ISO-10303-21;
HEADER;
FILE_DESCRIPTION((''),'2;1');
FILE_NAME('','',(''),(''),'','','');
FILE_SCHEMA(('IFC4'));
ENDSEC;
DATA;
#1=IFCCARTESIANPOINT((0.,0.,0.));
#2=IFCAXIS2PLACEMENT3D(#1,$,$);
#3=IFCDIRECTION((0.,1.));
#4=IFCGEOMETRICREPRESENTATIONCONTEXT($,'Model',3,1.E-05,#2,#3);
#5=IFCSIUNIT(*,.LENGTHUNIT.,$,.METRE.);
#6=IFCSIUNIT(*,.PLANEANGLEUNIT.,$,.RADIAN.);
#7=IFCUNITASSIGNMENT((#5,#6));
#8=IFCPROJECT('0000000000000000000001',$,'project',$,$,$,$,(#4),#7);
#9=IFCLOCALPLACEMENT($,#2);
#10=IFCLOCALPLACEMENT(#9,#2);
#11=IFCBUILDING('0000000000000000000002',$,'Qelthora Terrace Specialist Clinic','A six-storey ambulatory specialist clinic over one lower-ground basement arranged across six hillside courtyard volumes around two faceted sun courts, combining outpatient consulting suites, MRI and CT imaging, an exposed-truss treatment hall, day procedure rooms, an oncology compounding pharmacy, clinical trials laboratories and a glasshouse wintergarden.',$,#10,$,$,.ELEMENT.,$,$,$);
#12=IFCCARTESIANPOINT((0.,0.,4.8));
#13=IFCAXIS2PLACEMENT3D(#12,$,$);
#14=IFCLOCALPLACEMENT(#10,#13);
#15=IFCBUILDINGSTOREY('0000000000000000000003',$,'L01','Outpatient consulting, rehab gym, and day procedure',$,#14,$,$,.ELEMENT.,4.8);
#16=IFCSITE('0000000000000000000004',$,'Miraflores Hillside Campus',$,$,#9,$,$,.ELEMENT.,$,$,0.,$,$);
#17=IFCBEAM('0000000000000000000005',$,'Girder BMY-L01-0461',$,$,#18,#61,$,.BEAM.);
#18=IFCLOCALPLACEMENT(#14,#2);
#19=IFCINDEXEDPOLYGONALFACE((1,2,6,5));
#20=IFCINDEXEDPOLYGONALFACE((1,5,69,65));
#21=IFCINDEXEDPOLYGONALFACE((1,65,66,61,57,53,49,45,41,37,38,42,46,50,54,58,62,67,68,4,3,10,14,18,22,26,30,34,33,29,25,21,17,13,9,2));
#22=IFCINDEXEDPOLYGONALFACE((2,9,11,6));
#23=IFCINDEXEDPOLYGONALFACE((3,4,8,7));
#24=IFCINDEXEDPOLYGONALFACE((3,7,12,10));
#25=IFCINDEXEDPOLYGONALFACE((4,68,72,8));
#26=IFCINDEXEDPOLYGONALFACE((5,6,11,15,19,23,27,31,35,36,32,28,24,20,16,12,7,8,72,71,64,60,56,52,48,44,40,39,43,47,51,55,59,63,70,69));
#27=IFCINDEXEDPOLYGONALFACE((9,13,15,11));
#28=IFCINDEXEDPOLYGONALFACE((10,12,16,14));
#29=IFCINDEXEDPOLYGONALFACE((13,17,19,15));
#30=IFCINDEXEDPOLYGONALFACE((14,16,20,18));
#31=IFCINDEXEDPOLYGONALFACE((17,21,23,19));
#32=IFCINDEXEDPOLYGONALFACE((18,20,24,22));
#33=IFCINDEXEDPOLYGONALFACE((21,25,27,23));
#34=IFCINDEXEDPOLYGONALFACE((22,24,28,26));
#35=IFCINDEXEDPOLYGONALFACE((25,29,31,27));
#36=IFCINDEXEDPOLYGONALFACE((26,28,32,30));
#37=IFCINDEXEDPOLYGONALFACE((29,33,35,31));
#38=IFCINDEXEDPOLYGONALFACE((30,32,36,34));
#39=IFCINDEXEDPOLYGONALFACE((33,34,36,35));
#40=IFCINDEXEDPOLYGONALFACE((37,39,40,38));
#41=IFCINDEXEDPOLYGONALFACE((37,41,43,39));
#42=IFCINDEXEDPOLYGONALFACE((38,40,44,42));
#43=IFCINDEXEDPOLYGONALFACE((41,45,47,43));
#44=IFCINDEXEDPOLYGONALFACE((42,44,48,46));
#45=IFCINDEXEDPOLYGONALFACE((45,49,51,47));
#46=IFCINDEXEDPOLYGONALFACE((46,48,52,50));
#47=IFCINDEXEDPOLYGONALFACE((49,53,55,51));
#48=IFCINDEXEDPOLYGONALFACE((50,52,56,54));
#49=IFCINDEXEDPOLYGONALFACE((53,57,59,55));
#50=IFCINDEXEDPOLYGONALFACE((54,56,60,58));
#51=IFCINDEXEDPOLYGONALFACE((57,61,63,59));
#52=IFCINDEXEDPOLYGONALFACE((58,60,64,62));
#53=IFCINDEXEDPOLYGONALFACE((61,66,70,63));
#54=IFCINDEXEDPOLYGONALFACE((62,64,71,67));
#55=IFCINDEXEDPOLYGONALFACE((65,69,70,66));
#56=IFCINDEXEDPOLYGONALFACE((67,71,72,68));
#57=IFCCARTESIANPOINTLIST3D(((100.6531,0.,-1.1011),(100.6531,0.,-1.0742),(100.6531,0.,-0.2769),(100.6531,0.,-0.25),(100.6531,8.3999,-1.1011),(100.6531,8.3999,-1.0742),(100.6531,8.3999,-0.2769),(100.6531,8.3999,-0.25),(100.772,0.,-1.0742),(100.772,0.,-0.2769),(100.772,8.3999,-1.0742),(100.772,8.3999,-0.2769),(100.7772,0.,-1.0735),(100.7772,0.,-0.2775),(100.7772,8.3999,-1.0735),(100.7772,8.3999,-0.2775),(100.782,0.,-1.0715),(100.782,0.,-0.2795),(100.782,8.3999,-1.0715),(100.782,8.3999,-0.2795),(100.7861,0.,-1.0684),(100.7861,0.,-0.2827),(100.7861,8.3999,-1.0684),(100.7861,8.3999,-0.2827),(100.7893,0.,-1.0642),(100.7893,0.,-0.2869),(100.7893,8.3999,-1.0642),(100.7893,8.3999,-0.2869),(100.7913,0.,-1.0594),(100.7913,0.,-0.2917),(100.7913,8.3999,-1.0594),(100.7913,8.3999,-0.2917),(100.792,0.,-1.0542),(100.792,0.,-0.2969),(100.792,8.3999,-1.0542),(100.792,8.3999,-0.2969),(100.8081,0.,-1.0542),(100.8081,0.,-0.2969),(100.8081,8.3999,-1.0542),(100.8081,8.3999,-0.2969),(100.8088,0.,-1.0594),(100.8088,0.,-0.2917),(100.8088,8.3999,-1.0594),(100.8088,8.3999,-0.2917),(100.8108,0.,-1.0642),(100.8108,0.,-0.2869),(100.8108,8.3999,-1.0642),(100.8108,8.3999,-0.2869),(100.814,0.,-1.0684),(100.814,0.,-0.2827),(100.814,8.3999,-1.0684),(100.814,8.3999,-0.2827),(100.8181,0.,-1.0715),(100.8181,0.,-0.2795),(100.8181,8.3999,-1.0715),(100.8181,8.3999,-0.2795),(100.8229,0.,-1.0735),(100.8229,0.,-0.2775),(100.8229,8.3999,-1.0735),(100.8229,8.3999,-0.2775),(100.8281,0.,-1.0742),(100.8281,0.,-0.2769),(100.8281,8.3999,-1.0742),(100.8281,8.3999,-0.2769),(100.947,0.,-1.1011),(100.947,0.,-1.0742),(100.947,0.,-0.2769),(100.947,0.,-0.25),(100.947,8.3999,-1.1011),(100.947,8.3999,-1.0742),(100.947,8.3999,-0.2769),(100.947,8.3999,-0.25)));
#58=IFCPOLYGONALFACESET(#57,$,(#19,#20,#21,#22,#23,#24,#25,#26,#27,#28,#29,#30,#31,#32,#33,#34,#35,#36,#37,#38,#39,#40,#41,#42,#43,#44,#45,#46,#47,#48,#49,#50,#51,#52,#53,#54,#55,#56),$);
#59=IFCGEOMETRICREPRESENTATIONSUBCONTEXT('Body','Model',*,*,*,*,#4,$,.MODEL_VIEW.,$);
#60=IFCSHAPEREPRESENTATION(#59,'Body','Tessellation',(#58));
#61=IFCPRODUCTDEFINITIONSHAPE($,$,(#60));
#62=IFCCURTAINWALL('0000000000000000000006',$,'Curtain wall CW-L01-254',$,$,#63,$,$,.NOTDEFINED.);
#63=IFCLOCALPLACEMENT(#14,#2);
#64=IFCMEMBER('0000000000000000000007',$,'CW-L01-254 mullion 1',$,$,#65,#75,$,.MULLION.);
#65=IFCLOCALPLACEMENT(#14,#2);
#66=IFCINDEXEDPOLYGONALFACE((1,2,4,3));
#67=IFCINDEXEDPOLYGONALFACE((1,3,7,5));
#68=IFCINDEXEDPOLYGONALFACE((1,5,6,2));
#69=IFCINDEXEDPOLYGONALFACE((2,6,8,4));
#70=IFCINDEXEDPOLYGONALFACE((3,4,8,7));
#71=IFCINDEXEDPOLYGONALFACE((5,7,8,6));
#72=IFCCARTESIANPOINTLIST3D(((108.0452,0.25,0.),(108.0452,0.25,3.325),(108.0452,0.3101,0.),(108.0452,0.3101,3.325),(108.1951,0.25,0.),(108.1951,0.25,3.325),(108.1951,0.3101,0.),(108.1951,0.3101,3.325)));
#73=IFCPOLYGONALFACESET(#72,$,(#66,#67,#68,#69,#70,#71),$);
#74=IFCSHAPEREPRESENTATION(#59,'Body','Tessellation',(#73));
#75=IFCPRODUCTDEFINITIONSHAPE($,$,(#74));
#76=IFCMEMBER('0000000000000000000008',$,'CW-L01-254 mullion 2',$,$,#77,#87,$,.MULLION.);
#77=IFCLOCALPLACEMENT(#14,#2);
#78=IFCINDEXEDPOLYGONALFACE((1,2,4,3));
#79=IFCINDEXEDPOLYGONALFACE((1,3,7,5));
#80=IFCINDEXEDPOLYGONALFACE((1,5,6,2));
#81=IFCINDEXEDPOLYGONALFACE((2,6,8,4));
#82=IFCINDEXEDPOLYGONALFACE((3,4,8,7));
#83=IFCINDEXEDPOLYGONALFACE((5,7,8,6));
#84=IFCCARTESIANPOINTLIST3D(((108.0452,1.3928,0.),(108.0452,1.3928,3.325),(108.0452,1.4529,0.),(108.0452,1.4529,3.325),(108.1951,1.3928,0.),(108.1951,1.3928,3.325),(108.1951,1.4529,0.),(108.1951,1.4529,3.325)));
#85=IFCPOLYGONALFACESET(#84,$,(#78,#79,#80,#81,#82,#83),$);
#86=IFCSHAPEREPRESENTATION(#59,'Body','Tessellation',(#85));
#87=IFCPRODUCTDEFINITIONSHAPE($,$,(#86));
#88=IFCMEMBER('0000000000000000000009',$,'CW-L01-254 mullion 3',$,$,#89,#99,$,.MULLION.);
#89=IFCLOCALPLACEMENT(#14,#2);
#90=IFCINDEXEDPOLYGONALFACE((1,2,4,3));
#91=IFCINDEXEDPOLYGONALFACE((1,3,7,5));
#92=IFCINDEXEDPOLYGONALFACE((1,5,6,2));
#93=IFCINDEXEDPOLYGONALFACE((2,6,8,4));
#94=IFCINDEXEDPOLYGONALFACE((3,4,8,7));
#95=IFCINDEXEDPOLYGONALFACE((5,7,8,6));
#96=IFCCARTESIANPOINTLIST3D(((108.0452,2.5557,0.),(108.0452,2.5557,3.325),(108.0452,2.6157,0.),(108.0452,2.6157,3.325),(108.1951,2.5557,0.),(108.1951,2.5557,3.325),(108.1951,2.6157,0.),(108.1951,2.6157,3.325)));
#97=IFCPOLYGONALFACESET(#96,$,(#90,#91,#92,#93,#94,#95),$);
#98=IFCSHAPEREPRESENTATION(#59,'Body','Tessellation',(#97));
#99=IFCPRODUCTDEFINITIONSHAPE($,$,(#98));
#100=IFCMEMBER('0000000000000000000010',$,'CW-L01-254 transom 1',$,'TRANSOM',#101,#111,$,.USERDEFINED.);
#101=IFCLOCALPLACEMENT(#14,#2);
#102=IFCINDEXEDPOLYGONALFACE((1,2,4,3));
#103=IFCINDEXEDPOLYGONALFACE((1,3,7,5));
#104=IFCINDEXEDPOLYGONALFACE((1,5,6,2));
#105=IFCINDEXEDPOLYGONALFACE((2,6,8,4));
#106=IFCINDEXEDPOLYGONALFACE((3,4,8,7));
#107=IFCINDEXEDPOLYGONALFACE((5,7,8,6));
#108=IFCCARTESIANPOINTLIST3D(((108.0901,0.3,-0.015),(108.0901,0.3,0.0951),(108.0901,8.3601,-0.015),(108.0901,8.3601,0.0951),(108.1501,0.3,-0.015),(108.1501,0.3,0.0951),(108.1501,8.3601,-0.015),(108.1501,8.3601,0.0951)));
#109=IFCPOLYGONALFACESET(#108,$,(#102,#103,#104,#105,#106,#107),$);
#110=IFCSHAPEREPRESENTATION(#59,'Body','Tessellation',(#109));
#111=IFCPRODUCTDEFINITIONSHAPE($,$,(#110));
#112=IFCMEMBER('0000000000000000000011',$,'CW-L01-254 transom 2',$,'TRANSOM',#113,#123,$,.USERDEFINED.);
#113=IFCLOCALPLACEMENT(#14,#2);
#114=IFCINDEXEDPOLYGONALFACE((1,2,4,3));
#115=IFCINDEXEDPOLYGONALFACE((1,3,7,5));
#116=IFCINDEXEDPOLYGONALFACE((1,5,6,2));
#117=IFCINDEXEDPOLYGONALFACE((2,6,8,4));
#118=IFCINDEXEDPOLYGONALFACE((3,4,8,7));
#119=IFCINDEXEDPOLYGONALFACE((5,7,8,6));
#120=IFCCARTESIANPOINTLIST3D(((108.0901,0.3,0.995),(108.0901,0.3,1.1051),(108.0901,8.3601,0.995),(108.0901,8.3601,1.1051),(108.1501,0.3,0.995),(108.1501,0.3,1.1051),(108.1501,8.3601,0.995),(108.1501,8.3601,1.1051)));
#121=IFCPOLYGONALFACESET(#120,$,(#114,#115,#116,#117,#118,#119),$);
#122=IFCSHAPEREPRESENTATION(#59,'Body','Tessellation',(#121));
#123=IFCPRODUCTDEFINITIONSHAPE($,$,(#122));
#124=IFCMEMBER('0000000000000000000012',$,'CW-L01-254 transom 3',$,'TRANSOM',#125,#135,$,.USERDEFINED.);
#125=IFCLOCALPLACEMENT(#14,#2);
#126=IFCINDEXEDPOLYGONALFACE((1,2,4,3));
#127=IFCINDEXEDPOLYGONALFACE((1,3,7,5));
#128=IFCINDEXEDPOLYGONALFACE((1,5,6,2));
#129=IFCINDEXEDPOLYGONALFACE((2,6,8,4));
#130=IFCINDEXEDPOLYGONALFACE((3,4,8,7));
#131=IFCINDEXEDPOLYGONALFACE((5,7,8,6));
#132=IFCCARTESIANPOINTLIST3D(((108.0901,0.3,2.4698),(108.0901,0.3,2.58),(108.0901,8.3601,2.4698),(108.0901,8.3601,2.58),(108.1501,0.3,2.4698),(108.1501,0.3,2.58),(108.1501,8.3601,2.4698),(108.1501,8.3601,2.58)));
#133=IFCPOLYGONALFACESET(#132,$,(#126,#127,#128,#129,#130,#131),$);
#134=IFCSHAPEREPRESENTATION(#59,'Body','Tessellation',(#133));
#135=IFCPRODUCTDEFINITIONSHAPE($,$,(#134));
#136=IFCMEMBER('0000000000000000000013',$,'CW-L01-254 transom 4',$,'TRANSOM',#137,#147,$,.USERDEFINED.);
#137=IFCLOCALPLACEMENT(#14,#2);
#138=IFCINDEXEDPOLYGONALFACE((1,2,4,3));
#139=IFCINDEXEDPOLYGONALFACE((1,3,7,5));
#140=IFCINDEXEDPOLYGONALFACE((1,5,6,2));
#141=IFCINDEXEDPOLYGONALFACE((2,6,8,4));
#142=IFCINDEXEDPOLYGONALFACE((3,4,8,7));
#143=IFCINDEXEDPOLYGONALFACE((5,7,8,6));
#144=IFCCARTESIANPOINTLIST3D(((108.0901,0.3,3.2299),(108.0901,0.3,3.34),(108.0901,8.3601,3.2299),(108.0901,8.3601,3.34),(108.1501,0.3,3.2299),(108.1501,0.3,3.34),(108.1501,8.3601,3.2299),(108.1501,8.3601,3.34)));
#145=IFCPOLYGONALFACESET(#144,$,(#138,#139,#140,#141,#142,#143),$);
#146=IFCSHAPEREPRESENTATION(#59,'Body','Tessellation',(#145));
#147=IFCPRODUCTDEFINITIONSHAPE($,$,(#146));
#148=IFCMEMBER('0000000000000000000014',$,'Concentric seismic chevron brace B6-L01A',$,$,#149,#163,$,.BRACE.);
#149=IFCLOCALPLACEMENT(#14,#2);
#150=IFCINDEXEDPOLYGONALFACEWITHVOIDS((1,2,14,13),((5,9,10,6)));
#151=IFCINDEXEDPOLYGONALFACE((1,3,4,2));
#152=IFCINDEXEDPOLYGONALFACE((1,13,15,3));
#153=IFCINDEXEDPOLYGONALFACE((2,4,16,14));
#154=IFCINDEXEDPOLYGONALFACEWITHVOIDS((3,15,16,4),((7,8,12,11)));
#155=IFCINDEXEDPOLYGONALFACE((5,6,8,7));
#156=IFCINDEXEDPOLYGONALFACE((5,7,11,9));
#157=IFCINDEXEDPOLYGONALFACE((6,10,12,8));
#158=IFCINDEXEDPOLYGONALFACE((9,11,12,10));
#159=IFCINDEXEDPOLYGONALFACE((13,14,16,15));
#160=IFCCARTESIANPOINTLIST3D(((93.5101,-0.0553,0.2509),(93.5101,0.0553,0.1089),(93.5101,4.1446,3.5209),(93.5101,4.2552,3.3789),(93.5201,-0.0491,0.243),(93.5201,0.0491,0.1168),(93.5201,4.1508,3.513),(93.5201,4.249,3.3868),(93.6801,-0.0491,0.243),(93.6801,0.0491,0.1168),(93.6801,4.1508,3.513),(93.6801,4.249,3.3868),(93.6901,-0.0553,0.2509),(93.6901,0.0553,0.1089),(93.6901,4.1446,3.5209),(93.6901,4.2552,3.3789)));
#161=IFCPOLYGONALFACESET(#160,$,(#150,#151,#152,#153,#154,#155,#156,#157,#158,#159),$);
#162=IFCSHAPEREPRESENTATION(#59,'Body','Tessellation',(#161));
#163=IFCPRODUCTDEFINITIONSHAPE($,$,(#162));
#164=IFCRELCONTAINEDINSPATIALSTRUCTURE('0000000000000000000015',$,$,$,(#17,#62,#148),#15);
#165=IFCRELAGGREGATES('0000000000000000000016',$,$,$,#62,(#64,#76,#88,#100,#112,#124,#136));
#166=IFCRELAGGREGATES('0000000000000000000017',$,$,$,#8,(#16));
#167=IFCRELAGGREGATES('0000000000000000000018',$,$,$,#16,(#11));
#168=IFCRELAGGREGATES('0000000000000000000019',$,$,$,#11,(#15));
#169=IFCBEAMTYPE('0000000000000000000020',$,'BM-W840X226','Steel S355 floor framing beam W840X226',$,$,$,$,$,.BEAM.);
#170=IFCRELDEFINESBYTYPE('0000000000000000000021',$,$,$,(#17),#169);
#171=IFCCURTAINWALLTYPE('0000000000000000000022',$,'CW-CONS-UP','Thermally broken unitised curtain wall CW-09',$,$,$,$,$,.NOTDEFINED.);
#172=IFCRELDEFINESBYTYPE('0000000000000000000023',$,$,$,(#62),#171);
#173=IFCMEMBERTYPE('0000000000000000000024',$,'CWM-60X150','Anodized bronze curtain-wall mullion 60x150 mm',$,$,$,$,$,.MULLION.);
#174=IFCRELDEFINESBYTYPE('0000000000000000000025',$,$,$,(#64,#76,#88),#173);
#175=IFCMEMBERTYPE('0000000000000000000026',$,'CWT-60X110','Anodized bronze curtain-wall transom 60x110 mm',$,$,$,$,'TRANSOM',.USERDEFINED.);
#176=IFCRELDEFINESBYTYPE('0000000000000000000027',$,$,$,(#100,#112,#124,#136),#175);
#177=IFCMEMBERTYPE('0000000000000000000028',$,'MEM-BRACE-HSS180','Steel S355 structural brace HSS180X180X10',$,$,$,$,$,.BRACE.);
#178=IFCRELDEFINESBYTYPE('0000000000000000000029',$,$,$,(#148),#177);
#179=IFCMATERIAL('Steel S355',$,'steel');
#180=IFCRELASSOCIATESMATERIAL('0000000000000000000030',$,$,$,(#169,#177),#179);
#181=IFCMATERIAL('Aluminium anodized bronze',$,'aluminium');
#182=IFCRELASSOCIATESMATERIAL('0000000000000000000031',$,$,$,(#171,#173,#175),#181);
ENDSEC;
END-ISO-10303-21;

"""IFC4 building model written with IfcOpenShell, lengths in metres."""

from ifc_helpers import new_model, si_unit, direction, frame, origin, origin_2d, place, context, subcontext, project, spatial, rectangle, hollow_rectangle, i_section, extrude, material, material_profile, profile_set, type_object, element, aggregate, save


model = new_model("IFC4")

# Units and contexts
model_context = context("Model", 3, precision=1e-05, world=origin(), true_north=direction((0.0, 1.0)))
body_context = subcontext(model_context, "Body", "Model", "MODEL_VIEW")
ifc_project = project(units=[si_unit("LENGTHUNIT", "METRE"), si_unit("PLANEANGLEUNIT", "RADIAN")], contexts=[model_context])

# Site, building, storey
site_placement = place(None, origin())
site = spatial("IfcSite", under=ifc_project, at=site_placement, Name="Miraflores Hillside Campus", CompositionType="ELEMENT", RefElevation=0.0)
building_placement = place(site_placement, origin())
building = spatial("IfcBuilding", under=site, at=building_placement, Name="Qelthora Terrace Specialist Clinic", Description="A six-storey ambulatory specialist clinic over one lower-ground basement arranged across six hillside courtyard volumes around two faceted sun courts, combining outpatient consulting suites, MRI and CT imaging, an exposed-truss treatment hall, day procedure rooms, an oncology compounding pharmacy, clinical trials laboratories and a glasshouse wintergarden.", CompositionType="ELEMENT")
storey_placement = place(building_placement, frame((0.0, 0.0, 4.8)))
storey = spatial("IfcBuildingStorey", under=building, at=storey_placement, Name="L01", Description="Outpatient consulting, rehab gym, and day procedure", CompositionType="ELEMENT", Elevation=4.8)

# Shared definitions
ifc_material_1 = material(Name="Steel S355", Category="steel")

# Beam
ifc_material_profile_1 = material_profile(ifc_material_1, i_section(OverallWidth=0.2939, OverallDepth=0.8511, WebThickness=0.0161, FlangeThickness=0.0269, FilletRadius=0.02, at=origin_2d()), Name="W840X226")
ifc_profile_set_1 = profile_set([ifc_material_profile_1], Name="Steel S355")
beam_type_1 = type_object("IfcBeamType", Name="BM-W840X226", Description="Steel S355 floor framing beam W840X226", PredefinedType="BEAM", material=ifc_profile_set_1)
beam_1_placement = place(storey_placement, frame((100.8, 0.0, -0.6755), z_axis=(0.0, 1.0, 0.0), x_axis=(-1.0, 0.0, 0.0)))
element("IfcBeam", 1, at=beam_1_placement, inside=storey, type_object=beam_type_1, Name="Girder BMY-L01-0461", PredefinedType="BEAM", context=body_context, shape_type="SweptSolid", body=[
    extrude(i_section(OverallWidth=0.2939, OverallDepth=0.8511, WebThickness=0.0161, FlangeThickness=0.0269, FilletRadius=0.02, at=origin_2d()), origin(), (0.0, 0.0, 1.0), 8.3999),
])

# Curtain wall, members
ifc_material_2 = material(Name="Aluminium anodized bronze", Category="aluminium")
curtain_wall_type = type_object("IfcCurtainWallType", Name="CW-CONS-UP", Description="Thermally broken unitised curtain wall CW-09", PredefinedType="NOTDEFINED", material=ifc_material_2)
curtain_wall_placement = place(storey_placement, origin())
curtain_wall = element("IfcCurtainWall", 2, at=curtain_wall_placement, inside=storey, type_object=curtain_wall_type, Name="Curtain wall CW-L01-254", PredefinedType="NOTDEFINED")
ifc_material_profile_2 = material_profile(ifc_material_2, rectangle(XDim=0.0601, YDim=0.1499, at=origin_2d()), Name="CWM60X150")
ifc_profile_set_2 = profile_set([ifc_material_profile_2], Name="Aluminium anodized bronze")
member_type_1 = type_object("IfcMemberType", Name="CWM-60X150", Description="Anodized bronze curtain-wall mullion 60x150 mm", PredefinedType="MULLION", material=ifc_profile_set_2)
member_1_placement = place(storey_placement, frame((108.1201, 0.28, 0.0), z_axis=(0.0, 0.0, 1.0), x_axis=(0.0, 1.0, 0.0)))
member_1 = element("IfcMember", 3, at=member_1_placement, type_object=member_type_1, Name="CW-L01-254 mullion 1", PredefinedType="MULLION", context=body_context, shape_type="SweptSolid", body=[
    extrude(rectangle(XDim=0.0601, YDim=0.1499, at=origin_2d()), origin(), (0.0, 0.0, 1.0), 3.325),
])
member_2_placement = place(storey_placement, frame((108.1201, 1.4229, 0.0), z_axis=(0.0, 0.0, 1.0), x_axis=(0.0, 1.0, 0.0)))
member_2 = element("IfcMember", 4, at=member_2_placement, type_object=member_type_1, Name="CW-L01-254 mullion 2", PredefinedType="MULLION", context=body_context, shape_type="SweptSolid", body=[
    extrude(rectangle(XDim=0.0601, YDim=0.1499, at=origin_2d()), origin(), (0.0, 0.0, 1.0), 3.325),
])
member_3_placement = place(storey_placement, frame((108.1201, 2.5857, 0.0), z_axis=(0.0, 0.0, 1.0), x_axis=(0.0, 1.0, 0.0)))
member_3 = element("IfcMember", 5, at=member_3_placement, type_object=member_type_1, Name="CW-L01-254 mullion 3", PredefinedType="MULLION", context=body_context, shape_type="SweptSolid", body=[
    extrude(rectangle(XDim=0.0601, YDim=0.1499, at=origin_2d()), origin(), (0.0, 0.0, 1.0), 3.325),
])
ifc_material_profile_3 = material_profile(ifc_material_2, rectangle(XDim=0.0601, YDim=0.1101, at=origin_2d()), Name="CWT60X110")
ifc_profile_set_3 = profile_set([ifc_material_profile_3], Name="Aluminium anodized bronze")
member_type_2 = type_object("IfcMemberType", Name="CWT-60X110", Description="Anodized bronze curtain-wall transom 60x110 mm", ElementType="TRANSOM", PredefinedType="USERDEFINED", material=ifc_profile_set_3)
member_4_placement = place(storey_placement, frame((108.1201, 0.3, 0.04), z_axis=(0.0, 1.0, 0.0), x_axis=(-1.0, 0.0, 0.0)))
member_4 = element("IfcMember", 6, at=member_4_placement, type_object=member_type_2, Name="CW-L01-254 transom 1", ObjectType="TRANSOM", PredefinedType="USERDEFINED", context=body_context, shape_type="SweptSolid", body=[
    extrude(rectangle(XDim=0.0601, YDim=0.1101, at=origin_2d()), origin(), (0.0, 0.0, 1.0), 8.0601),
])
member_5_placement = place(storey_placement, frame((108.1201, 0.3, 1.05), z_axis=(0.0, 1.0, 0.0), x_axis=(-1.0, 0.0, 0.0)))
member_5 = element("IfcMember", 7, at=member_5_placement, type_object=member_type_2, Name="CW-L01-254 transom 2", ObjectType="TRANSOM", PredefinedType="USERDEFINED", context=body_context, shape_type="SweptSolid", body=[
    extrude(rectangle(XDim=0.0601, YDim=0.1101, at=origin_2d()), origin(), (0.0, 0.0, 1.0), 8.0601),
])
member_6_placement = place(storey_placement, frame((108.1201, 0.3, 2.5249), z_axis=(0.0, 1.0, 0.0), x_axis=(-1.0, 0.0, 0.0)))
member_6 = element("IfcMember", 8, at=member_6_placement, type_object=member_type_2, Name="CW-L01-254 transom 3", ObjectType="TRANSOM", PredefinedType="USERDEFINED", context=body_context, shape_type="SweptSolid", body=[
    extrude(rectangle(XDim=0.0601, YDim=0.1101, at=origin_2d()), origin(), (0.0, 0.0, 1.0), 8.0601),
])
member_7_placement = place(storey_placement, frame((108.1201, 0.3, 3.2849), z_axis=(0.0, 1.0, 0.0), x_axis=(-1.0, 0.0, 0.0)))
member_7 = element("IfcMember", 9, at=member_7_placement, type_object=member_type_2, Name="CW-L01-254 transom 4", ObjectType="TRANSOM", PredefinedType="USERDEFINED", context=body_context, shape_type="SweptSolid", body=[
    extrude(rectangle(XDim=0.0601, YDim=0.1101, at=origin_2d()), origin(), (0.0, 0.0, 1.0), 8.0601),
])

# Member
ifc_material_profile_4 = material_profile(ifc_material_1, hollow_rectangle(XDim=0.1799, YDim=0.1799, WallThickness=0.01, at=origin_2d()), Name="HSS180X180X10")
ifc_profile_set_4 = profile_set([ifc_material_profile_4], Name="Steel S355")
member_type_3 = type_object("IfcMemberType", Name="MEM-BRACE-HSS180", Description="Steel S355 structural brace HSS180X180X10", PredefinedType="BRACE", material=ifc_profile_set_4)
member_8_placement = place(storey_placement, frame((93.6001, 0.0, 0.1799), z_axis=(0.0, 0.789043, 0.614337), x_axis=(-1.0, 0.0, 0.0)))
element("IfcMember", 10, at=member_8_placement, inside=storey, type_object=member_type_3, Name="Concentric seismic chevron brace B6-L01A", PredefinedType="BRACE", context=body_context, shape_type="SweptSolid", body=[
    extrude(hollow_rectangle(XDim=0.1799, YDim=0.1799, WallThickness=0.01, at=origin_2d()), origin(), (0.0, 0.0, 1.0), 5.3228),
])

aggregate(curtain_wall, [member_1, member_2, member_3, member_4, member_5, member_6, member_7])

save(model, "model.ifc")
